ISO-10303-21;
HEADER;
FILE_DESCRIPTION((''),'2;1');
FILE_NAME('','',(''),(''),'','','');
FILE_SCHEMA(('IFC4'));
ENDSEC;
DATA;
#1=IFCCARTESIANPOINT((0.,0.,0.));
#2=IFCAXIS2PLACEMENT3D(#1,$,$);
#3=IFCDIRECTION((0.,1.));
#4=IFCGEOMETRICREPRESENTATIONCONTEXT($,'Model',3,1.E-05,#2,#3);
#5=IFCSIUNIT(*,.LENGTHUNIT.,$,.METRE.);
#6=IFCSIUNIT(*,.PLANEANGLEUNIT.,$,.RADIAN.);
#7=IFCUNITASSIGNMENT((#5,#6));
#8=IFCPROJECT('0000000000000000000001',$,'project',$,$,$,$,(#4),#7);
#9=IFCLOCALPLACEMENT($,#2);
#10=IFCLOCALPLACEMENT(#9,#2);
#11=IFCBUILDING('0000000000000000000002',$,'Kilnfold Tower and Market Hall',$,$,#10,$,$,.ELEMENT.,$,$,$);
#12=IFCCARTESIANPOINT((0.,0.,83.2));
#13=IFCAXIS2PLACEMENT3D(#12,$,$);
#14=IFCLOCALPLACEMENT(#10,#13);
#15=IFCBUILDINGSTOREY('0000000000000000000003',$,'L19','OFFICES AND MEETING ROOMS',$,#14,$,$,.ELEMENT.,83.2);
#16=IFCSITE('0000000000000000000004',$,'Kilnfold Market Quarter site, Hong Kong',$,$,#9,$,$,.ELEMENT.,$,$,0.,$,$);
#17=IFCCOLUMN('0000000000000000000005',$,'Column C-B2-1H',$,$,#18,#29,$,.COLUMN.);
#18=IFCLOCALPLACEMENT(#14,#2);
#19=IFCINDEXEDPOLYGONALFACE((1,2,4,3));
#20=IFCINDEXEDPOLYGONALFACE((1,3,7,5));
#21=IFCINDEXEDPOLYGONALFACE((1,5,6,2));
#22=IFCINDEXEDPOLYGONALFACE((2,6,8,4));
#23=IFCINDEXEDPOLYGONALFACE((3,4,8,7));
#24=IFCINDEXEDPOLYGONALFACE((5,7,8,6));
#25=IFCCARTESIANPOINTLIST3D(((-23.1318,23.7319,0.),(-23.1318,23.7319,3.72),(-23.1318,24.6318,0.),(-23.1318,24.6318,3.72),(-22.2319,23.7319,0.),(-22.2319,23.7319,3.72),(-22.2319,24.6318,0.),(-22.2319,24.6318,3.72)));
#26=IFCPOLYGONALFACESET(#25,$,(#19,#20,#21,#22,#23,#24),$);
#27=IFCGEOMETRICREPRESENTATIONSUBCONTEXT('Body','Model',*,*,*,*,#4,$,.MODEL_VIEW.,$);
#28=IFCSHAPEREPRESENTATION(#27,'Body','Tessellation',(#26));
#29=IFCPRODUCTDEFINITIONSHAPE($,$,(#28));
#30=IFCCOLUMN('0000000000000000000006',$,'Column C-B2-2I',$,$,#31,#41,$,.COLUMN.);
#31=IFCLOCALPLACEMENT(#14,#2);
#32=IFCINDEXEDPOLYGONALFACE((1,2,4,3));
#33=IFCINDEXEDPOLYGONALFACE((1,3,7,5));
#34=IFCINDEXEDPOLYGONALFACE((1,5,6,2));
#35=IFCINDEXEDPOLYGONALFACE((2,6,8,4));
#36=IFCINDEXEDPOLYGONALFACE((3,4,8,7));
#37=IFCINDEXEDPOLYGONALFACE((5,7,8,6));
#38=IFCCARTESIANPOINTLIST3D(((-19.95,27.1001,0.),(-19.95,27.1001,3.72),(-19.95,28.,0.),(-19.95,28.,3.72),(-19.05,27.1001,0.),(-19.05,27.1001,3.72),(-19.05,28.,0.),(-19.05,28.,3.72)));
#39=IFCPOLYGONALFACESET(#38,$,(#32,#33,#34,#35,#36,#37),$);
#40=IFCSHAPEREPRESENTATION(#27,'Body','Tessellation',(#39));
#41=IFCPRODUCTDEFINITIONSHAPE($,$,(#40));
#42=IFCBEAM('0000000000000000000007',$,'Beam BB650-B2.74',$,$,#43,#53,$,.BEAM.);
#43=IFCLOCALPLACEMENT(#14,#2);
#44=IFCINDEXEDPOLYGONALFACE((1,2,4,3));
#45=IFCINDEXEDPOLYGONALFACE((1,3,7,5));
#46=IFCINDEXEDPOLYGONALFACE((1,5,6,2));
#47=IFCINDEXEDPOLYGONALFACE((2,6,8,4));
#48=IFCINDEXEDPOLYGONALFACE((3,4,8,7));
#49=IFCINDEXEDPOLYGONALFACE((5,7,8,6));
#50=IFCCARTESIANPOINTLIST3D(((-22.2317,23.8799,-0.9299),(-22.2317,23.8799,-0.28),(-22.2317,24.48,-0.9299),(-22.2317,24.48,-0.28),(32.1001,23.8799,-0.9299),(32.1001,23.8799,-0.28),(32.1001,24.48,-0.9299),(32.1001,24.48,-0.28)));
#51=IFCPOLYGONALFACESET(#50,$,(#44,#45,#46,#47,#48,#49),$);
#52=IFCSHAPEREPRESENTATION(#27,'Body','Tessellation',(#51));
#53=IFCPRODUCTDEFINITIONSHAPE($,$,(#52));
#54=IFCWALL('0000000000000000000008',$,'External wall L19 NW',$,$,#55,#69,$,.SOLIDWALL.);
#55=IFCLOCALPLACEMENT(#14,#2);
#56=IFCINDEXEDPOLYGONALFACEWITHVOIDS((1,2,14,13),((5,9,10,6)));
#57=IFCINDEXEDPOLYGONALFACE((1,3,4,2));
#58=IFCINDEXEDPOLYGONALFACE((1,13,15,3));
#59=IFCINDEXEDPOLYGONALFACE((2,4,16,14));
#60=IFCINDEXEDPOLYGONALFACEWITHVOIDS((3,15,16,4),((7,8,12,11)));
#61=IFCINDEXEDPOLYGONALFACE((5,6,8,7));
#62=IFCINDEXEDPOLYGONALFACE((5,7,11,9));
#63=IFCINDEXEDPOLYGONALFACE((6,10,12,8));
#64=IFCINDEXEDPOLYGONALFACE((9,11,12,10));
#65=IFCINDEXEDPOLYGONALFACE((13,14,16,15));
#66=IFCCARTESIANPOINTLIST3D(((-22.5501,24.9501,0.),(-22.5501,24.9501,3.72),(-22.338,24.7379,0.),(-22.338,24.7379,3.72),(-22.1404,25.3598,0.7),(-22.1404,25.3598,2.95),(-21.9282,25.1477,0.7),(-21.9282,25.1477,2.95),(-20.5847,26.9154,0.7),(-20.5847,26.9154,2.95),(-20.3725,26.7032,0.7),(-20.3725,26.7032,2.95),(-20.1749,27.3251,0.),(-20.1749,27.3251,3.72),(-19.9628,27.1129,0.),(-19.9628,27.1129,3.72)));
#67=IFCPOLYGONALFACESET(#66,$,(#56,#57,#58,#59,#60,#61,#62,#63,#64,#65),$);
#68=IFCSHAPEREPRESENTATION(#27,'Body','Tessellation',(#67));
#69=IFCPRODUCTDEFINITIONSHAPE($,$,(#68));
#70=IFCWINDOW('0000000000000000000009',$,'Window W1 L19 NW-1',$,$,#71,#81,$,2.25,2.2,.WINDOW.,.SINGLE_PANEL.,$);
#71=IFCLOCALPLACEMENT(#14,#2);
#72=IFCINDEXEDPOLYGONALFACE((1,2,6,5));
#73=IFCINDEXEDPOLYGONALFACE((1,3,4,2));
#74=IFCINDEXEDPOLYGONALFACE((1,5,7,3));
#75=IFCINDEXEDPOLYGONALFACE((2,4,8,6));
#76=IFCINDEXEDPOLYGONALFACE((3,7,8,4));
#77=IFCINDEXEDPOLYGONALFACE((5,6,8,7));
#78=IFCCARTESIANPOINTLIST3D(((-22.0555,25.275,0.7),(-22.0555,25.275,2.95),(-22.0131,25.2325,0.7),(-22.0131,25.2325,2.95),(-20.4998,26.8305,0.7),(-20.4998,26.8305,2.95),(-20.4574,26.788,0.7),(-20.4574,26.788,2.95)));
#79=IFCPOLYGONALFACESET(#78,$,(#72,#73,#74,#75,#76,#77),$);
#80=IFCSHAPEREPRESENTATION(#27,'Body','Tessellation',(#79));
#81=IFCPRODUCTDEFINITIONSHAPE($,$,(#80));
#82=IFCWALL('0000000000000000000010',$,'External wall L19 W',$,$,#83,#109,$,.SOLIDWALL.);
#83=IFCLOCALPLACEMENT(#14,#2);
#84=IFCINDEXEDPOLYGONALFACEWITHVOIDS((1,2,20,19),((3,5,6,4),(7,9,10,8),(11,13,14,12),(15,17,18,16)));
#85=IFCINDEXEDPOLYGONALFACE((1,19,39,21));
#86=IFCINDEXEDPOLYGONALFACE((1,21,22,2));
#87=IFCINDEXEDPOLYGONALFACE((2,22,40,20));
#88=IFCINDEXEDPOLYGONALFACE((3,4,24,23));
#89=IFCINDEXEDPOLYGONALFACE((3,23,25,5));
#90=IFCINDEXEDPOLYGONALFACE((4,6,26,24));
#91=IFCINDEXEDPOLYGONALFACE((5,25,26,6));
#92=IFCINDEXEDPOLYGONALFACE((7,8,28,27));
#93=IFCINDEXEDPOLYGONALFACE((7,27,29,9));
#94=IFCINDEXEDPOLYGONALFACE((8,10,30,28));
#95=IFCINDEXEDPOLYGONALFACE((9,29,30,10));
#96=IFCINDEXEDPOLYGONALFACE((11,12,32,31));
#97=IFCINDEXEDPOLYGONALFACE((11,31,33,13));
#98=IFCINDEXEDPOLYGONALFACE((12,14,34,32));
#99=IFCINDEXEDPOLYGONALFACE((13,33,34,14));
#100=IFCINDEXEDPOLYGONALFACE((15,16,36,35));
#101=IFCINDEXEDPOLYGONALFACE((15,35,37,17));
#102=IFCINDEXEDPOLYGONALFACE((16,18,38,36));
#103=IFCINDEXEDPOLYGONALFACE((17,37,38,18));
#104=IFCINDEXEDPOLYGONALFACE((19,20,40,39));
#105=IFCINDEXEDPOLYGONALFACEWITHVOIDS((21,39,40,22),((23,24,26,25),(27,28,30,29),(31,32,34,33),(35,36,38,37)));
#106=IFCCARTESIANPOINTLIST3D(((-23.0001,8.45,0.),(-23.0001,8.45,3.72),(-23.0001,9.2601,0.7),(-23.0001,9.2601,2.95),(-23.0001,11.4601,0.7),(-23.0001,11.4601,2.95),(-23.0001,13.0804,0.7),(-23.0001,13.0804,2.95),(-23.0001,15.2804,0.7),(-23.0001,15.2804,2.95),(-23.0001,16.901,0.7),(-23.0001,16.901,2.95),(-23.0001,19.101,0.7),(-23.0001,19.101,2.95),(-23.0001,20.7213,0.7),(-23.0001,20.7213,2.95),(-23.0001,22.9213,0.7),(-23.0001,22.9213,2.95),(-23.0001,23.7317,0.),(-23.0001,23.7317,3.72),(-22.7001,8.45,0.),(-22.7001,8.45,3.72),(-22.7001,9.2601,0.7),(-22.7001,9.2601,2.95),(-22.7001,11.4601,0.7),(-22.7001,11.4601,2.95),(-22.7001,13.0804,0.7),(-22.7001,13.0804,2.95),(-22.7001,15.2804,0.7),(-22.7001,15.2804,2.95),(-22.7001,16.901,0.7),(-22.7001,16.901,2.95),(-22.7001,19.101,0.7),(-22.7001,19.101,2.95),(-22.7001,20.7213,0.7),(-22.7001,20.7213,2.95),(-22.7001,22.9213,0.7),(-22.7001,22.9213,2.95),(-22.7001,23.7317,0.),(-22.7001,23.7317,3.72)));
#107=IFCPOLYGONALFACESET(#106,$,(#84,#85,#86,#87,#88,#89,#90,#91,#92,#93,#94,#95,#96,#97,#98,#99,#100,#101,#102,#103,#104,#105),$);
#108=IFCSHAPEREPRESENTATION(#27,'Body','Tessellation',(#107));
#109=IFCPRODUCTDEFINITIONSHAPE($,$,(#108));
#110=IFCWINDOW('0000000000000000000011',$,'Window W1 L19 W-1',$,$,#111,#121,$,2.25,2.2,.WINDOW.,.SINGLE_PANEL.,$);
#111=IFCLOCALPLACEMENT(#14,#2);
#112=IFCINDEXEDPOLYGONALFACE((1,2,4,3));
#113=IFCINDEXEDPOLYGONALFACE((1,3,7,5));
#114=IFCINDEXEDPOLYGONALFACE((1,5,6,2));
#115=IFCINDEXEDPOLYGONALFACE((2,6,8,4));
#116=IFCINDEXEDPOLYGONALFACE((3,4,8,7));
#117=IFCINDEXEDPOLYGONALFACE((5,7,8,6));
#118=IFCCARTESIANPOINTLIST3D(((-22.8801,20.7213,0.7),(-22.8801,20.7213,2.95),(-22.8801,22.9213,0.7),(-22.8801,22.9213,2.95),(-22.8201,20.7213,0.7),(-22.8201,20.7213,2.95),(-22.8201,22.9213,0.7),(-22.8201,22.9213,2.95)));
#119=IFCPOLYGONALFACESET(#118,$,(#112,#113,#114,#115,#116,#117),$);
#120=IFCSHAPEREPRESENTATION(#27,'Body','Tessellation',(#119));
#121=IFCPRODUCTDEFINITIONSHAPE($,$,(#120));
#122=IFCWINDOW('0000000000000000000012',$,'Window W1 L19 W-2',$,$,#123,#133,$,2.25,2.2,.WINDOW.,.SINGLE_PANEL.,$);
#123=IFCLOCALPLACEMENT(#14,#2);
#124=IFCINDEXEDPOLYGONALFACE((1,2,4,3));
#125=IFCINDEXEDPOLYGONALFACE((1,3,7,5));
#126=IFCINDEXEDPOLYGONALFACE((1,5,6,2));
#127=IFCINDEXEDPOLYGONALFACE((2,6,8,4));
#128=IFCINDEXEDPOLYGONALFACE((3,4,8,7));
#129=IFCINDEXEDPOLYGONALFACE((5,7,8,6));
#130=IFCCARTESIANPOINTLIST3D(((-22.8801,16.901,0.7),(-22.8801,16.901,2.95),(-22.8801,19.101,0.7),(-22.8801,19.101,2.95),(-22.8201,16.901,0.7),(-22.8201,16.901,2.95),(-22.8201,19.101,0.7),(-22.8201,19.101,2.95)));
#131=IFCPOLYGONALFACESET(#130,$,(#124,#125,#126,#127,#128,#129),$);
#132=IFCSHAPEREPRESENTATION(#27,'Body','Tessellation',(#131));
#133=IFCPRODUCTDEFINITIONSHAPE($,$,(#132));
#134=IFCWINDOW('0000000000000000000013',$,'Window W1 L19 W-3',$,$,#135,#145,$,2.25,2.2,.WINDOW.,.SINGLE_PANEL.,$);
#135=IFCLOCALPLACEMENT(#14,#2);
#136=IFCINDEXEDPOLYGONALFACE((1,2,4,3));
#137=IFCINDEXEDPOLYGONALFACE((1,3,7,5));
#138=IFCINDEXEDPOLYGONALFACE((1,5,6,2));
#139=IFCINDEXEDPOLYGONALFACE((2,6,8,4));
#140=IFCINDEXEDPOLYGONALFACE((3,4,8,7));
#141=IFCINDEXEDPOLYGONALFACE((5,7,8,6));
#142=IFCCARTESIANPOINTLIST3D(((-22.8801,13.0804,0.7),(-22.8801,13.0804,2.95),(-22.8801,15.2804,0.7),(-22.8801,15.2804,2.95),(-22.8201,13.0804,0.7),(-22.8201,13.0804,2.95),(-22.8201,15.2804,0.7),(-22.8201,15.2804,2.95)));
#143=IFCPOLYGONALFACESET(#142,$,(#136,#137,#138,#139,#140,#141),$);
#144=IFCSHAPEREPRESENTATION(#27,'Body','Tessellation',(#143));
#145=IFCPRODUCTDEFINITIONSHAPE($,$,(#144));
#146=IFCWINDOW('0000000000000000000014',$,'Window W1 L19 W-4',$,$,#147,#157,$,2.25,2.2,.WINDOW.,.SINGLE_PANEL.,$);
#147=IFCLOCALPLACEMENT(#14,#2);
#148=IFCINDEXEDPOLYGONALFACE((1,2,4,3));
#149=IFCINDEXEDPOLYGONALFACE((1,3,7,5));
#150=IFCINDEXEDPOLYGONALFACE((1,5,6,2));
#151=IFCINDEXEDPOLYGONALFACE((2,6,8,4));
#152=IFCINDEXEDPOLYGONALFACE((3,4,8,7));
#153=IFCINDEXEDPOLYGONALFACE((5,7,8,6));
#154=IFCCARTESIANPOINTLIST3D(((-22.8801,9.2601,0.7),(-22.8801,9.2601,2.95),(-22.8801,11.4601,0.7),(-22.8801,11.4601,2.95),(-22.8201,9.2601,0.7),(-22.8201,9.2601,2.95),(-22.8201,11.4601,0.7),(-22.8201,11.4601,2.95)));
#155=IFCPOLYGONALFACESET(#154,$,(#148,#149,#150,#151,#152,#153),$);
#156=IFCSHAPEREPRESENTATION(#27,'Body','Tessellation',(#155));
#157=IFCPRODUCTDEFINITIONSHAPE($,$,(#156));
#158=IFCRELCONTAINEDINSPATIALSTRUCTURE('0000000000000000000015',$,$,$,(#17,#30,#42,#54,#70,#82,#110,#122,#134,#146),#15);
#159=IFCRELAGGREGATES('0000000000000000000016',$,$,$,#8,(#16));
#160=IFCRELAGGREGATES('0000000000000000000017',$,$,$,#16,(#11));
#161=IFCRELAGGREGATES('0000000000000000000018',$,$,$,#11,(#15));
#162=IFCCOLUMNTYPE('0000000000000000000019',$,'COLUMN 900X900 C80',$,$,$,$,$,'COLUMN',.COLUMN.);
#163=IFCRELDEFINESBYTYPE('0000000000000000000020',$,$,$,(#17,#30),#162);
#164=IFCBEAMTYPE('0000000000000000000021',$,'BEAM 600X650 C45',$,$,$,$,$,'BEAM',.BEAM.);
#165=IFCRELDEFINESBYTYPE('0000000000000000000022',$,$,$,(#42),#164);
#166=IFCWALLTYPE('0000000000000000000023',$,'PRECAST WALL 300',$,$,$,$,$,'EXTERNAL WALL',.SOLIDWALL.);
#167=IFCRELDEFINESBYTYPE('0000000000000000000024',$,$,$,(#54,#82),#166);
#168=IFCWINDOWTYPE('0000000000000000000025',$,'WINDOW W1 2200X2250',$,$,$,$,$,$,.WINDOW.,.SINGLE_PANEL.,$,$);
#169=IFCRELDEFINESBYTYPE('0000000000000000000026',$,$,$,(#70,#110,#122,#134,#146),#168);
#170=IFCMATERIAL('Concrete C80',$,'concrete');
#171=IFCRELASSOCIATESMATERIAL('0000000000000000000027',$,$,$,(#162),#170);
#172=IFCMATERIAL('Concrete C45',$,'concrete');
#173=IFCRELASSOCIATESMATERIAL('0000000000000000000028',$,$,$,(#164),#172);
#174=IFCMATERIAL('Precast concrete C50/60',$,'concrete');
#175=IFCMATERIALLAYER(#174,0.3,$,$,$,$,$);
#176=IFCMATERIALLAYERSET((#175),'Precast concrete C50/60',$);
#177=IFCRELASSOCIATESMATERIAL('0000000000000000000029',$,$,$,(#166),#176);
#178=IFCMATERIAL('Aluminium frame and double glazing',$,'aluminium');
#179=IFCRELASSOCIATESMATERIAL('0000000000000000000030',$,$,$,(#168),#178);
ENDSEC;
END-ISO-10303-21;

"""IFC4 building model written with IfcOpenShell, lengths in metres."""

from ifc_helpers import new_model, si_unit, direction, frame, frame_2d, origin, origin_2d, place, context, subcontext, project, spatial, rectangle, extrude, source, transform, mapped, material, layer, layer_set, material_profile, profile_set, type_object, element, fill, save


model = new_model("IFC4")

# Units and contexts
model_context = context("Model", 3, precision=1e-05, world=origin(), true_north=direction((0.0, 1.0)))
body_context = subcontext(model_context, "Body", "Model", "MODEL_VIEW")
ifc_project = project(units=[si_unit("LENGTHUNIT", "METRE"), si_unit("PLANEANGLEUNIT", "RADIAN")], contexts=[model_context])

# Site, building, storey
site_placement = place(None, origin())
site = spatial("IfcSite", under=ifc_project, at=site_placement, Name="Kilnfold Market Quarter site, Hong Kong", CompositionType="ELEMENT", RefElevation=0.0)
building_placement = place(site_placement, origin())
building = spatial("IfcBuilding", under=site, at=building_placement, Name="Kilnfold Tower and Market Hall", CompositionType="ELEMENT")
storey_placement = place(building_placement, frame((0.0, 0.0, 83.2)))
storey = spatial("IfcBuildingStorey", under=building, at=storey_placement, Name="L19", Description="OFFICES AND MEETING ROOMS", CompositionType="ELEMENT", Elevation=83.2)

# Columns
ifc_material_1 = material(Name="Concrete C80", Category="concrete")
ifc_material_profile_1 = material_profile(ifc_material_1, rectangle(XDim=0.8999, YDim=0.8999, at=origin_2d()), Name="RC 900x900")
ifc_profile_set_1 = profile_set([ifc_material_profile_1], Name="Concrete C80")
column_type = type_object("IfcColumnType", Name="COLUMN 900X900 C80", ElementType="COLUMN", PredefinedType="COLUMN", material=ifc_profile_set_1)
shared_shape_1 = source(origin(), body_context, "Body", "SweptSolid", [
    extrude(rectangle(XDim=0.8999, YDim=0.8999, at=origin_2d()), origin(), (0.0, 0.0, 1.0), 3.72),
])
for number, where, z_axis, x_axis, name in (
    (1, (-22.6819, 24.1819, 0.0), (0.0, 0.0, 1.0), (1.0, 0.0, 0.0), "Column C-B2-1H"),
    (2, (-19.5, 27.55, 0.0), (0.0, 0.0, 1.0), (1.0, 0.0, 0.0), "Column C-B2-2I"),
):
    element("IfcColumn", number, at=place(storey_placement, frame(where, z_axis=z_axis, x_axis=x_axis)), inside=storey, type_object=column_type, Name=name, PredefinedType="COLUMN", context=body_context, shape_type="MappedRepresentation", body=[
        mapped(shared_shape_1, transform((0.0, 0.0, 0.0))),
    ])

# Beam
ifc_material_2 = material(Name="Concrete C45", Category="concrete")
ifc_material_profile_2 = material_profile(ifc_material_2, rectangle(XDim=0.6001, YDim=0.6499, at=origin_2d()), Name="RC 600x650")
ifc_profile_set_2 = profile_set([ifc_material_profile_2], Name="Concrete C45")
beam_type = type_object("IfcBeamType", Name="BEAM 600X650 C45", ElementType="BEAM", PredefinedType="BEAM", material=ifc_profile_set_2)
shared_shape_2 = source(origin(), body_context, "Body", "SweptSolid", [
    extrude(rectangle(XDim=0.6001, YDim=0.6499, at=origin_2d()), origin(), (0.0, 0.0, 1.0), 54.3318),
])
beam_placement = place(storey_placement, frame((-22.2317, 24.1799, -0.605), z_axis=(1.0, 0.0, 0.0), x_axis=(0.0, 1.0, 0.0)))
element("IfcBeam", 3, at=beam_placement, inside=storey, type_object=beam_type, Name="Beam BB650-B2.74", PredefinedType="BEAM", context=body_context, shape_type="MappedRepresentation", body=[
    mapped(shared_shape_2, transform((0.0, 0.0, 0.0))),
])

# Wall, opening, window
ifc_material_3 = material(Name="Precast concrete C50/60", Category="concrete")
ifc_layer_1 = layer(ifc_material_3, 0.3)
ifc_layer_set_1 = layer_set([ifc_layer_1], Name="Precast concrete C50/60")
wall_type = type_object("IfcWallType", Name="PRECAST WALL 300", ElementType="EXTERNAL WALL", PredefinedType="SOLIDWALL", material=ifc_layer_set_1)
shared_shape_3 = source(origin(), body_context, "Body", "SweptSolid", [
    extrude(rectangle(XDim=3.3589, YDim=0.3, at=frame_2d((1.6794, 0.0))), origin(), (0.0, 0.0, 1.0), 3.72),
])
wall_1_placement = place(storey_placement, frame((-20.0688, 27.219, 0.0), z_axis=(0.0, 0.0, 1.0), x_axis=(-0.707143, -0.70707, 0.0)))
wall_1 = element("IfcWall", 4, at=wall_1_placement, inside=storey, type_object=wall_type, Name="External wall L19 NW", PredefinedType="SOLIDWALL", context=body_context, shape_type="MappedRepresentation", body=[
    mapped(shared_shape_3, transform((0.0, 0.0, 0.0))),
])
opening_1_placement = place(wall_1_placement, frame((0.5793, 0.0, 0.7)))
opening_1 = element("IfcOpeningElement", 5, at=opening_1_placement, cuts=wall_1, PredefinedType="OPENING", context=body_context, shape_type="SweptSolid", body=[
    extrude(rectangle(XDim=2.2, YDim=2.25, at=frame_2d((1.1001, 1.125))), frame((0.0, 0.1602, 0.0), z_axis=(0.0, -1.0, 0.0), x_axis=(1.0, 0.0, 0.0)), (0.0, 0.0, 1.0), 0.3201),
])
ifc_material_4 = material(Name="Aluminium frame and double glazing", Category="aluminium")
window_type = type_object("IfcWindowType", Name="WINDOW W1 2200X2250", PartitioningType="SINGLE_PANEL", PredefinedType="WINDOW", material=ifc_material_4)
window_1_placement = place(opening_1_placement, origin())
window_1 = element("IfcWindow", 6, at=window_1_placement, inside=storey, type_object=window_type, Name="Window W1 L19 NW-1", OverallHeight=2.25, OverallWidth=2.2, PartitioningType="SINGLE_PANEL", PredefinedType="WINDOW", context=body_context, shape_type="SweptSolid", body=[
    extrude(rectangle(XDim=2.2, YDim=2.25, at=frame_2d((1.1001, 1.125))), frame((0.0, 0.03, 0.0), z_axis=(0.0, -1.0, 0.0), x_axis=(1.0, 0.0, 0.0)), (0.0, 0.0, 1.0), 0.0601),
])
fill(opening_1, window_1)

# Wall, openings, windows
shared_shape_4 = source(origin(), body_context, "Body", "SweptSolid", [
    extrude(rectangle(XDim=15.2817, YDim=0.3, at=frame_2d((7.6409, 0.0))), origin(), (0.0, 0.0, 1.0), 3.72),
])
wall_2_placement = place(storey_placement, frame((-22.8501, 23.7317, 0.0), z_axis=(0.0, 0.0, 1.0), x_axis=(0.0, -1.0, 0.0)))
wall_2 = element("IfcWall", 7, at=wall_2_placement, inside=storey, type_object=wall_type, Name="External wall L19 W", PredefinedType="SOLIDWALL", context=body_context, shape_type="MappedRepresentation", body=[
    mapped(shared_shape_4, transform((0.0, 0.0, 0.0))),
])
opening_2_placement = place(wall_2_placement, frame((0.8103, 0.0, 0.7)))
opening_2 = element("IfcOpeningElement", 8, at=opening_2_placement, cuts=wall_2, PredefinedType="OPENING", context=body_context, shape_type="SweptSolid", body=[
    extrude(rectangle(XDim=2.2, YDim=2.25, at=frame_2d((1.1001, 1.125))), frame((0.0, 0.1602, 0.0), z_axis=(0.0, -1.0, 0.0), x_axis=(1.0, 0.0, 0.0)), (0.0, 0.0, 1.0), 0.3201),
])
opening_3_placement = place(wall_2_placement, frame((4.6306, 0.0, 0.7)))
opening_3 = element("IfcOpeningElement", 9, at=opening_3_placement, cuts=wall_2, PredefinedType="OPENING", context=body_context, shape_type="SweptSolid", body=[
    extrude(rectangle(XDim=2.2, YDim=2.25, at=frame_2d((1.1001, 1.125))), frame((0.0, 0.1602, 0.0), z_axis=(0.0, -1.0, 0.0), x_axis=(1.0, 0.0, 0.0)), (0.0, 0.0, 1.0), 0.3201),
])
opening_4_placement = place(wall_2_placement, frame((8.4512, 0.0, 0.7)))
opening_4 = element("IfcOpeningElement", 10, at=opening_4_placement, cuts=wall_2, PredefinedType="OPENING", context=body_context, shape_type="SweptSolid", body=[
    extrude(rectangle(XDim=2.2, YDim=2.25, at=frame_2d((1.1001, 1.125))), frame((0.0, 0.1602, 0.0), z_axis=(0.0, -1.0, 0.0), x_axis=(1.0, 0.0, 0.0)), (0.0, 0.0, 1.0), 0.3201),
])
opening_5_placement = place(wall_2_placement, frame((12.2715, 0.0, 0.7)))
opening_5 = element("IfcOpeningElement", 11, at=opening_5_placement, cuts=wall_2, PredefinedType="OPENING", context=body_context, shape_type="SweptSolid", body=[
    extrude(rectangle(XDim=2.2, YDim=2.25, at=frame_2d((1.1001, 1.125))), frame((0.0, 0.1602, 0.0), z_axis=(0.0, -1.0, 0.0), x_axis=(1.0, 0.0, 0.0)), (0.0, 0.0, 1.0), 0.3201),
])
window_2_placement = place(opening_2_placement, origin())
window_2 = element("IfcWindow", 12, at=window_2_placement, inside=storey, type_object=window_type, Name="Window W1 L19 W-1", OverallHeight=2.25, OverallWidth=2.2, PartitioningType="SINGLE_PANEL", PredefinedType="WINDOW", context=body_context, shape_type="SweptSolid", body=[
    extrude(rectangle(XDim=2.2, YDim=2.25, at=frame_2d((1.1001, 1.125))), frame((0.0, 0.03, 0.0), z_axis=(0.0, -1.0, 0.0), x_axis=(1.0, 0.0, 0.0)), (0.0, 0.0, 1.0), 0.0601),
])
fill(opening_2, window_2)
window_3_placement = place(opening_3_placement, origin())
window_3 = element("IfcWindow", 13, at=window_3_placement, inside=storey, type_object=window_type, Name="Window W1 L19 W-2", OverallHeight=2.25, OverallWidth=2.2, PartitioningType="SINGLE_PANEL", PredefinedType="WINDOW", context=body_context, shape_type="SweptSolid", body=[
    extrude(rectangle(XDim=2.2, YDim=2.25, at=frame_2d((1.1001, 1.125))), frame((0.0, 0.03, 0.0), z_axis=(0.0, -1.0, 0.0), x_axis=(1.0, 0.0, 0.0)), (0.0, 0.0, 1.0), 0.0601),
])
fill(opening_3, window_3)
window_4_placement = place(opening_4_placement, origin())
window_4 = element("IfcWindow", 14, at=window_4_placement, inside=storey, type_object=window_type, Name="Window W1 L19 W-3", OverallHeight=2.25, OverallWidth=2.2, PartitioningType="SINGLE_PANEL", PredefinedType="WINDOW", context=body_context, shape_type="SweptSolid", body=[
    extrude(rectangle(XDim=2.2, YDim=2.25, at=frame_2d((1.1001, 1.125))), frame((0.0, 0.03, 0.0), z_axis=(0.0, -1.0, 0.0), x_axis=(1.0, 0.0, 0.0)), (0.0, 0.0, 1.0), 0.0601),
])
fill(opening_4, window_4)
window_5_placement = place(opening_5_placement, origin())
window_5 = element("IfcWindow", 15, at=window_5_placement, inside=storey, type_object=window_type, Name="Window W1 L19 W-4", OverallHeight=2.25, OverallWidth=2.2, PartitioningType="SINGLE_PANEL", PredefinedType="WINDOW", context=body_context, shape_type="SweptSolid", body=[
    extrude(rectangle(XDim=2.2, YDim=2.25, at=frame_2d((1.1001, 1.125))), frame((0.0, 0.03, 0.0), z_axis=(0.0, -1.0, 0.0), x_axis=(1.0, 0.0, 0.0)), (0.0, 0.0, 1.0), 0.0601),
])
fill(opening_5, window_5)

save(model, "model.ifc")
